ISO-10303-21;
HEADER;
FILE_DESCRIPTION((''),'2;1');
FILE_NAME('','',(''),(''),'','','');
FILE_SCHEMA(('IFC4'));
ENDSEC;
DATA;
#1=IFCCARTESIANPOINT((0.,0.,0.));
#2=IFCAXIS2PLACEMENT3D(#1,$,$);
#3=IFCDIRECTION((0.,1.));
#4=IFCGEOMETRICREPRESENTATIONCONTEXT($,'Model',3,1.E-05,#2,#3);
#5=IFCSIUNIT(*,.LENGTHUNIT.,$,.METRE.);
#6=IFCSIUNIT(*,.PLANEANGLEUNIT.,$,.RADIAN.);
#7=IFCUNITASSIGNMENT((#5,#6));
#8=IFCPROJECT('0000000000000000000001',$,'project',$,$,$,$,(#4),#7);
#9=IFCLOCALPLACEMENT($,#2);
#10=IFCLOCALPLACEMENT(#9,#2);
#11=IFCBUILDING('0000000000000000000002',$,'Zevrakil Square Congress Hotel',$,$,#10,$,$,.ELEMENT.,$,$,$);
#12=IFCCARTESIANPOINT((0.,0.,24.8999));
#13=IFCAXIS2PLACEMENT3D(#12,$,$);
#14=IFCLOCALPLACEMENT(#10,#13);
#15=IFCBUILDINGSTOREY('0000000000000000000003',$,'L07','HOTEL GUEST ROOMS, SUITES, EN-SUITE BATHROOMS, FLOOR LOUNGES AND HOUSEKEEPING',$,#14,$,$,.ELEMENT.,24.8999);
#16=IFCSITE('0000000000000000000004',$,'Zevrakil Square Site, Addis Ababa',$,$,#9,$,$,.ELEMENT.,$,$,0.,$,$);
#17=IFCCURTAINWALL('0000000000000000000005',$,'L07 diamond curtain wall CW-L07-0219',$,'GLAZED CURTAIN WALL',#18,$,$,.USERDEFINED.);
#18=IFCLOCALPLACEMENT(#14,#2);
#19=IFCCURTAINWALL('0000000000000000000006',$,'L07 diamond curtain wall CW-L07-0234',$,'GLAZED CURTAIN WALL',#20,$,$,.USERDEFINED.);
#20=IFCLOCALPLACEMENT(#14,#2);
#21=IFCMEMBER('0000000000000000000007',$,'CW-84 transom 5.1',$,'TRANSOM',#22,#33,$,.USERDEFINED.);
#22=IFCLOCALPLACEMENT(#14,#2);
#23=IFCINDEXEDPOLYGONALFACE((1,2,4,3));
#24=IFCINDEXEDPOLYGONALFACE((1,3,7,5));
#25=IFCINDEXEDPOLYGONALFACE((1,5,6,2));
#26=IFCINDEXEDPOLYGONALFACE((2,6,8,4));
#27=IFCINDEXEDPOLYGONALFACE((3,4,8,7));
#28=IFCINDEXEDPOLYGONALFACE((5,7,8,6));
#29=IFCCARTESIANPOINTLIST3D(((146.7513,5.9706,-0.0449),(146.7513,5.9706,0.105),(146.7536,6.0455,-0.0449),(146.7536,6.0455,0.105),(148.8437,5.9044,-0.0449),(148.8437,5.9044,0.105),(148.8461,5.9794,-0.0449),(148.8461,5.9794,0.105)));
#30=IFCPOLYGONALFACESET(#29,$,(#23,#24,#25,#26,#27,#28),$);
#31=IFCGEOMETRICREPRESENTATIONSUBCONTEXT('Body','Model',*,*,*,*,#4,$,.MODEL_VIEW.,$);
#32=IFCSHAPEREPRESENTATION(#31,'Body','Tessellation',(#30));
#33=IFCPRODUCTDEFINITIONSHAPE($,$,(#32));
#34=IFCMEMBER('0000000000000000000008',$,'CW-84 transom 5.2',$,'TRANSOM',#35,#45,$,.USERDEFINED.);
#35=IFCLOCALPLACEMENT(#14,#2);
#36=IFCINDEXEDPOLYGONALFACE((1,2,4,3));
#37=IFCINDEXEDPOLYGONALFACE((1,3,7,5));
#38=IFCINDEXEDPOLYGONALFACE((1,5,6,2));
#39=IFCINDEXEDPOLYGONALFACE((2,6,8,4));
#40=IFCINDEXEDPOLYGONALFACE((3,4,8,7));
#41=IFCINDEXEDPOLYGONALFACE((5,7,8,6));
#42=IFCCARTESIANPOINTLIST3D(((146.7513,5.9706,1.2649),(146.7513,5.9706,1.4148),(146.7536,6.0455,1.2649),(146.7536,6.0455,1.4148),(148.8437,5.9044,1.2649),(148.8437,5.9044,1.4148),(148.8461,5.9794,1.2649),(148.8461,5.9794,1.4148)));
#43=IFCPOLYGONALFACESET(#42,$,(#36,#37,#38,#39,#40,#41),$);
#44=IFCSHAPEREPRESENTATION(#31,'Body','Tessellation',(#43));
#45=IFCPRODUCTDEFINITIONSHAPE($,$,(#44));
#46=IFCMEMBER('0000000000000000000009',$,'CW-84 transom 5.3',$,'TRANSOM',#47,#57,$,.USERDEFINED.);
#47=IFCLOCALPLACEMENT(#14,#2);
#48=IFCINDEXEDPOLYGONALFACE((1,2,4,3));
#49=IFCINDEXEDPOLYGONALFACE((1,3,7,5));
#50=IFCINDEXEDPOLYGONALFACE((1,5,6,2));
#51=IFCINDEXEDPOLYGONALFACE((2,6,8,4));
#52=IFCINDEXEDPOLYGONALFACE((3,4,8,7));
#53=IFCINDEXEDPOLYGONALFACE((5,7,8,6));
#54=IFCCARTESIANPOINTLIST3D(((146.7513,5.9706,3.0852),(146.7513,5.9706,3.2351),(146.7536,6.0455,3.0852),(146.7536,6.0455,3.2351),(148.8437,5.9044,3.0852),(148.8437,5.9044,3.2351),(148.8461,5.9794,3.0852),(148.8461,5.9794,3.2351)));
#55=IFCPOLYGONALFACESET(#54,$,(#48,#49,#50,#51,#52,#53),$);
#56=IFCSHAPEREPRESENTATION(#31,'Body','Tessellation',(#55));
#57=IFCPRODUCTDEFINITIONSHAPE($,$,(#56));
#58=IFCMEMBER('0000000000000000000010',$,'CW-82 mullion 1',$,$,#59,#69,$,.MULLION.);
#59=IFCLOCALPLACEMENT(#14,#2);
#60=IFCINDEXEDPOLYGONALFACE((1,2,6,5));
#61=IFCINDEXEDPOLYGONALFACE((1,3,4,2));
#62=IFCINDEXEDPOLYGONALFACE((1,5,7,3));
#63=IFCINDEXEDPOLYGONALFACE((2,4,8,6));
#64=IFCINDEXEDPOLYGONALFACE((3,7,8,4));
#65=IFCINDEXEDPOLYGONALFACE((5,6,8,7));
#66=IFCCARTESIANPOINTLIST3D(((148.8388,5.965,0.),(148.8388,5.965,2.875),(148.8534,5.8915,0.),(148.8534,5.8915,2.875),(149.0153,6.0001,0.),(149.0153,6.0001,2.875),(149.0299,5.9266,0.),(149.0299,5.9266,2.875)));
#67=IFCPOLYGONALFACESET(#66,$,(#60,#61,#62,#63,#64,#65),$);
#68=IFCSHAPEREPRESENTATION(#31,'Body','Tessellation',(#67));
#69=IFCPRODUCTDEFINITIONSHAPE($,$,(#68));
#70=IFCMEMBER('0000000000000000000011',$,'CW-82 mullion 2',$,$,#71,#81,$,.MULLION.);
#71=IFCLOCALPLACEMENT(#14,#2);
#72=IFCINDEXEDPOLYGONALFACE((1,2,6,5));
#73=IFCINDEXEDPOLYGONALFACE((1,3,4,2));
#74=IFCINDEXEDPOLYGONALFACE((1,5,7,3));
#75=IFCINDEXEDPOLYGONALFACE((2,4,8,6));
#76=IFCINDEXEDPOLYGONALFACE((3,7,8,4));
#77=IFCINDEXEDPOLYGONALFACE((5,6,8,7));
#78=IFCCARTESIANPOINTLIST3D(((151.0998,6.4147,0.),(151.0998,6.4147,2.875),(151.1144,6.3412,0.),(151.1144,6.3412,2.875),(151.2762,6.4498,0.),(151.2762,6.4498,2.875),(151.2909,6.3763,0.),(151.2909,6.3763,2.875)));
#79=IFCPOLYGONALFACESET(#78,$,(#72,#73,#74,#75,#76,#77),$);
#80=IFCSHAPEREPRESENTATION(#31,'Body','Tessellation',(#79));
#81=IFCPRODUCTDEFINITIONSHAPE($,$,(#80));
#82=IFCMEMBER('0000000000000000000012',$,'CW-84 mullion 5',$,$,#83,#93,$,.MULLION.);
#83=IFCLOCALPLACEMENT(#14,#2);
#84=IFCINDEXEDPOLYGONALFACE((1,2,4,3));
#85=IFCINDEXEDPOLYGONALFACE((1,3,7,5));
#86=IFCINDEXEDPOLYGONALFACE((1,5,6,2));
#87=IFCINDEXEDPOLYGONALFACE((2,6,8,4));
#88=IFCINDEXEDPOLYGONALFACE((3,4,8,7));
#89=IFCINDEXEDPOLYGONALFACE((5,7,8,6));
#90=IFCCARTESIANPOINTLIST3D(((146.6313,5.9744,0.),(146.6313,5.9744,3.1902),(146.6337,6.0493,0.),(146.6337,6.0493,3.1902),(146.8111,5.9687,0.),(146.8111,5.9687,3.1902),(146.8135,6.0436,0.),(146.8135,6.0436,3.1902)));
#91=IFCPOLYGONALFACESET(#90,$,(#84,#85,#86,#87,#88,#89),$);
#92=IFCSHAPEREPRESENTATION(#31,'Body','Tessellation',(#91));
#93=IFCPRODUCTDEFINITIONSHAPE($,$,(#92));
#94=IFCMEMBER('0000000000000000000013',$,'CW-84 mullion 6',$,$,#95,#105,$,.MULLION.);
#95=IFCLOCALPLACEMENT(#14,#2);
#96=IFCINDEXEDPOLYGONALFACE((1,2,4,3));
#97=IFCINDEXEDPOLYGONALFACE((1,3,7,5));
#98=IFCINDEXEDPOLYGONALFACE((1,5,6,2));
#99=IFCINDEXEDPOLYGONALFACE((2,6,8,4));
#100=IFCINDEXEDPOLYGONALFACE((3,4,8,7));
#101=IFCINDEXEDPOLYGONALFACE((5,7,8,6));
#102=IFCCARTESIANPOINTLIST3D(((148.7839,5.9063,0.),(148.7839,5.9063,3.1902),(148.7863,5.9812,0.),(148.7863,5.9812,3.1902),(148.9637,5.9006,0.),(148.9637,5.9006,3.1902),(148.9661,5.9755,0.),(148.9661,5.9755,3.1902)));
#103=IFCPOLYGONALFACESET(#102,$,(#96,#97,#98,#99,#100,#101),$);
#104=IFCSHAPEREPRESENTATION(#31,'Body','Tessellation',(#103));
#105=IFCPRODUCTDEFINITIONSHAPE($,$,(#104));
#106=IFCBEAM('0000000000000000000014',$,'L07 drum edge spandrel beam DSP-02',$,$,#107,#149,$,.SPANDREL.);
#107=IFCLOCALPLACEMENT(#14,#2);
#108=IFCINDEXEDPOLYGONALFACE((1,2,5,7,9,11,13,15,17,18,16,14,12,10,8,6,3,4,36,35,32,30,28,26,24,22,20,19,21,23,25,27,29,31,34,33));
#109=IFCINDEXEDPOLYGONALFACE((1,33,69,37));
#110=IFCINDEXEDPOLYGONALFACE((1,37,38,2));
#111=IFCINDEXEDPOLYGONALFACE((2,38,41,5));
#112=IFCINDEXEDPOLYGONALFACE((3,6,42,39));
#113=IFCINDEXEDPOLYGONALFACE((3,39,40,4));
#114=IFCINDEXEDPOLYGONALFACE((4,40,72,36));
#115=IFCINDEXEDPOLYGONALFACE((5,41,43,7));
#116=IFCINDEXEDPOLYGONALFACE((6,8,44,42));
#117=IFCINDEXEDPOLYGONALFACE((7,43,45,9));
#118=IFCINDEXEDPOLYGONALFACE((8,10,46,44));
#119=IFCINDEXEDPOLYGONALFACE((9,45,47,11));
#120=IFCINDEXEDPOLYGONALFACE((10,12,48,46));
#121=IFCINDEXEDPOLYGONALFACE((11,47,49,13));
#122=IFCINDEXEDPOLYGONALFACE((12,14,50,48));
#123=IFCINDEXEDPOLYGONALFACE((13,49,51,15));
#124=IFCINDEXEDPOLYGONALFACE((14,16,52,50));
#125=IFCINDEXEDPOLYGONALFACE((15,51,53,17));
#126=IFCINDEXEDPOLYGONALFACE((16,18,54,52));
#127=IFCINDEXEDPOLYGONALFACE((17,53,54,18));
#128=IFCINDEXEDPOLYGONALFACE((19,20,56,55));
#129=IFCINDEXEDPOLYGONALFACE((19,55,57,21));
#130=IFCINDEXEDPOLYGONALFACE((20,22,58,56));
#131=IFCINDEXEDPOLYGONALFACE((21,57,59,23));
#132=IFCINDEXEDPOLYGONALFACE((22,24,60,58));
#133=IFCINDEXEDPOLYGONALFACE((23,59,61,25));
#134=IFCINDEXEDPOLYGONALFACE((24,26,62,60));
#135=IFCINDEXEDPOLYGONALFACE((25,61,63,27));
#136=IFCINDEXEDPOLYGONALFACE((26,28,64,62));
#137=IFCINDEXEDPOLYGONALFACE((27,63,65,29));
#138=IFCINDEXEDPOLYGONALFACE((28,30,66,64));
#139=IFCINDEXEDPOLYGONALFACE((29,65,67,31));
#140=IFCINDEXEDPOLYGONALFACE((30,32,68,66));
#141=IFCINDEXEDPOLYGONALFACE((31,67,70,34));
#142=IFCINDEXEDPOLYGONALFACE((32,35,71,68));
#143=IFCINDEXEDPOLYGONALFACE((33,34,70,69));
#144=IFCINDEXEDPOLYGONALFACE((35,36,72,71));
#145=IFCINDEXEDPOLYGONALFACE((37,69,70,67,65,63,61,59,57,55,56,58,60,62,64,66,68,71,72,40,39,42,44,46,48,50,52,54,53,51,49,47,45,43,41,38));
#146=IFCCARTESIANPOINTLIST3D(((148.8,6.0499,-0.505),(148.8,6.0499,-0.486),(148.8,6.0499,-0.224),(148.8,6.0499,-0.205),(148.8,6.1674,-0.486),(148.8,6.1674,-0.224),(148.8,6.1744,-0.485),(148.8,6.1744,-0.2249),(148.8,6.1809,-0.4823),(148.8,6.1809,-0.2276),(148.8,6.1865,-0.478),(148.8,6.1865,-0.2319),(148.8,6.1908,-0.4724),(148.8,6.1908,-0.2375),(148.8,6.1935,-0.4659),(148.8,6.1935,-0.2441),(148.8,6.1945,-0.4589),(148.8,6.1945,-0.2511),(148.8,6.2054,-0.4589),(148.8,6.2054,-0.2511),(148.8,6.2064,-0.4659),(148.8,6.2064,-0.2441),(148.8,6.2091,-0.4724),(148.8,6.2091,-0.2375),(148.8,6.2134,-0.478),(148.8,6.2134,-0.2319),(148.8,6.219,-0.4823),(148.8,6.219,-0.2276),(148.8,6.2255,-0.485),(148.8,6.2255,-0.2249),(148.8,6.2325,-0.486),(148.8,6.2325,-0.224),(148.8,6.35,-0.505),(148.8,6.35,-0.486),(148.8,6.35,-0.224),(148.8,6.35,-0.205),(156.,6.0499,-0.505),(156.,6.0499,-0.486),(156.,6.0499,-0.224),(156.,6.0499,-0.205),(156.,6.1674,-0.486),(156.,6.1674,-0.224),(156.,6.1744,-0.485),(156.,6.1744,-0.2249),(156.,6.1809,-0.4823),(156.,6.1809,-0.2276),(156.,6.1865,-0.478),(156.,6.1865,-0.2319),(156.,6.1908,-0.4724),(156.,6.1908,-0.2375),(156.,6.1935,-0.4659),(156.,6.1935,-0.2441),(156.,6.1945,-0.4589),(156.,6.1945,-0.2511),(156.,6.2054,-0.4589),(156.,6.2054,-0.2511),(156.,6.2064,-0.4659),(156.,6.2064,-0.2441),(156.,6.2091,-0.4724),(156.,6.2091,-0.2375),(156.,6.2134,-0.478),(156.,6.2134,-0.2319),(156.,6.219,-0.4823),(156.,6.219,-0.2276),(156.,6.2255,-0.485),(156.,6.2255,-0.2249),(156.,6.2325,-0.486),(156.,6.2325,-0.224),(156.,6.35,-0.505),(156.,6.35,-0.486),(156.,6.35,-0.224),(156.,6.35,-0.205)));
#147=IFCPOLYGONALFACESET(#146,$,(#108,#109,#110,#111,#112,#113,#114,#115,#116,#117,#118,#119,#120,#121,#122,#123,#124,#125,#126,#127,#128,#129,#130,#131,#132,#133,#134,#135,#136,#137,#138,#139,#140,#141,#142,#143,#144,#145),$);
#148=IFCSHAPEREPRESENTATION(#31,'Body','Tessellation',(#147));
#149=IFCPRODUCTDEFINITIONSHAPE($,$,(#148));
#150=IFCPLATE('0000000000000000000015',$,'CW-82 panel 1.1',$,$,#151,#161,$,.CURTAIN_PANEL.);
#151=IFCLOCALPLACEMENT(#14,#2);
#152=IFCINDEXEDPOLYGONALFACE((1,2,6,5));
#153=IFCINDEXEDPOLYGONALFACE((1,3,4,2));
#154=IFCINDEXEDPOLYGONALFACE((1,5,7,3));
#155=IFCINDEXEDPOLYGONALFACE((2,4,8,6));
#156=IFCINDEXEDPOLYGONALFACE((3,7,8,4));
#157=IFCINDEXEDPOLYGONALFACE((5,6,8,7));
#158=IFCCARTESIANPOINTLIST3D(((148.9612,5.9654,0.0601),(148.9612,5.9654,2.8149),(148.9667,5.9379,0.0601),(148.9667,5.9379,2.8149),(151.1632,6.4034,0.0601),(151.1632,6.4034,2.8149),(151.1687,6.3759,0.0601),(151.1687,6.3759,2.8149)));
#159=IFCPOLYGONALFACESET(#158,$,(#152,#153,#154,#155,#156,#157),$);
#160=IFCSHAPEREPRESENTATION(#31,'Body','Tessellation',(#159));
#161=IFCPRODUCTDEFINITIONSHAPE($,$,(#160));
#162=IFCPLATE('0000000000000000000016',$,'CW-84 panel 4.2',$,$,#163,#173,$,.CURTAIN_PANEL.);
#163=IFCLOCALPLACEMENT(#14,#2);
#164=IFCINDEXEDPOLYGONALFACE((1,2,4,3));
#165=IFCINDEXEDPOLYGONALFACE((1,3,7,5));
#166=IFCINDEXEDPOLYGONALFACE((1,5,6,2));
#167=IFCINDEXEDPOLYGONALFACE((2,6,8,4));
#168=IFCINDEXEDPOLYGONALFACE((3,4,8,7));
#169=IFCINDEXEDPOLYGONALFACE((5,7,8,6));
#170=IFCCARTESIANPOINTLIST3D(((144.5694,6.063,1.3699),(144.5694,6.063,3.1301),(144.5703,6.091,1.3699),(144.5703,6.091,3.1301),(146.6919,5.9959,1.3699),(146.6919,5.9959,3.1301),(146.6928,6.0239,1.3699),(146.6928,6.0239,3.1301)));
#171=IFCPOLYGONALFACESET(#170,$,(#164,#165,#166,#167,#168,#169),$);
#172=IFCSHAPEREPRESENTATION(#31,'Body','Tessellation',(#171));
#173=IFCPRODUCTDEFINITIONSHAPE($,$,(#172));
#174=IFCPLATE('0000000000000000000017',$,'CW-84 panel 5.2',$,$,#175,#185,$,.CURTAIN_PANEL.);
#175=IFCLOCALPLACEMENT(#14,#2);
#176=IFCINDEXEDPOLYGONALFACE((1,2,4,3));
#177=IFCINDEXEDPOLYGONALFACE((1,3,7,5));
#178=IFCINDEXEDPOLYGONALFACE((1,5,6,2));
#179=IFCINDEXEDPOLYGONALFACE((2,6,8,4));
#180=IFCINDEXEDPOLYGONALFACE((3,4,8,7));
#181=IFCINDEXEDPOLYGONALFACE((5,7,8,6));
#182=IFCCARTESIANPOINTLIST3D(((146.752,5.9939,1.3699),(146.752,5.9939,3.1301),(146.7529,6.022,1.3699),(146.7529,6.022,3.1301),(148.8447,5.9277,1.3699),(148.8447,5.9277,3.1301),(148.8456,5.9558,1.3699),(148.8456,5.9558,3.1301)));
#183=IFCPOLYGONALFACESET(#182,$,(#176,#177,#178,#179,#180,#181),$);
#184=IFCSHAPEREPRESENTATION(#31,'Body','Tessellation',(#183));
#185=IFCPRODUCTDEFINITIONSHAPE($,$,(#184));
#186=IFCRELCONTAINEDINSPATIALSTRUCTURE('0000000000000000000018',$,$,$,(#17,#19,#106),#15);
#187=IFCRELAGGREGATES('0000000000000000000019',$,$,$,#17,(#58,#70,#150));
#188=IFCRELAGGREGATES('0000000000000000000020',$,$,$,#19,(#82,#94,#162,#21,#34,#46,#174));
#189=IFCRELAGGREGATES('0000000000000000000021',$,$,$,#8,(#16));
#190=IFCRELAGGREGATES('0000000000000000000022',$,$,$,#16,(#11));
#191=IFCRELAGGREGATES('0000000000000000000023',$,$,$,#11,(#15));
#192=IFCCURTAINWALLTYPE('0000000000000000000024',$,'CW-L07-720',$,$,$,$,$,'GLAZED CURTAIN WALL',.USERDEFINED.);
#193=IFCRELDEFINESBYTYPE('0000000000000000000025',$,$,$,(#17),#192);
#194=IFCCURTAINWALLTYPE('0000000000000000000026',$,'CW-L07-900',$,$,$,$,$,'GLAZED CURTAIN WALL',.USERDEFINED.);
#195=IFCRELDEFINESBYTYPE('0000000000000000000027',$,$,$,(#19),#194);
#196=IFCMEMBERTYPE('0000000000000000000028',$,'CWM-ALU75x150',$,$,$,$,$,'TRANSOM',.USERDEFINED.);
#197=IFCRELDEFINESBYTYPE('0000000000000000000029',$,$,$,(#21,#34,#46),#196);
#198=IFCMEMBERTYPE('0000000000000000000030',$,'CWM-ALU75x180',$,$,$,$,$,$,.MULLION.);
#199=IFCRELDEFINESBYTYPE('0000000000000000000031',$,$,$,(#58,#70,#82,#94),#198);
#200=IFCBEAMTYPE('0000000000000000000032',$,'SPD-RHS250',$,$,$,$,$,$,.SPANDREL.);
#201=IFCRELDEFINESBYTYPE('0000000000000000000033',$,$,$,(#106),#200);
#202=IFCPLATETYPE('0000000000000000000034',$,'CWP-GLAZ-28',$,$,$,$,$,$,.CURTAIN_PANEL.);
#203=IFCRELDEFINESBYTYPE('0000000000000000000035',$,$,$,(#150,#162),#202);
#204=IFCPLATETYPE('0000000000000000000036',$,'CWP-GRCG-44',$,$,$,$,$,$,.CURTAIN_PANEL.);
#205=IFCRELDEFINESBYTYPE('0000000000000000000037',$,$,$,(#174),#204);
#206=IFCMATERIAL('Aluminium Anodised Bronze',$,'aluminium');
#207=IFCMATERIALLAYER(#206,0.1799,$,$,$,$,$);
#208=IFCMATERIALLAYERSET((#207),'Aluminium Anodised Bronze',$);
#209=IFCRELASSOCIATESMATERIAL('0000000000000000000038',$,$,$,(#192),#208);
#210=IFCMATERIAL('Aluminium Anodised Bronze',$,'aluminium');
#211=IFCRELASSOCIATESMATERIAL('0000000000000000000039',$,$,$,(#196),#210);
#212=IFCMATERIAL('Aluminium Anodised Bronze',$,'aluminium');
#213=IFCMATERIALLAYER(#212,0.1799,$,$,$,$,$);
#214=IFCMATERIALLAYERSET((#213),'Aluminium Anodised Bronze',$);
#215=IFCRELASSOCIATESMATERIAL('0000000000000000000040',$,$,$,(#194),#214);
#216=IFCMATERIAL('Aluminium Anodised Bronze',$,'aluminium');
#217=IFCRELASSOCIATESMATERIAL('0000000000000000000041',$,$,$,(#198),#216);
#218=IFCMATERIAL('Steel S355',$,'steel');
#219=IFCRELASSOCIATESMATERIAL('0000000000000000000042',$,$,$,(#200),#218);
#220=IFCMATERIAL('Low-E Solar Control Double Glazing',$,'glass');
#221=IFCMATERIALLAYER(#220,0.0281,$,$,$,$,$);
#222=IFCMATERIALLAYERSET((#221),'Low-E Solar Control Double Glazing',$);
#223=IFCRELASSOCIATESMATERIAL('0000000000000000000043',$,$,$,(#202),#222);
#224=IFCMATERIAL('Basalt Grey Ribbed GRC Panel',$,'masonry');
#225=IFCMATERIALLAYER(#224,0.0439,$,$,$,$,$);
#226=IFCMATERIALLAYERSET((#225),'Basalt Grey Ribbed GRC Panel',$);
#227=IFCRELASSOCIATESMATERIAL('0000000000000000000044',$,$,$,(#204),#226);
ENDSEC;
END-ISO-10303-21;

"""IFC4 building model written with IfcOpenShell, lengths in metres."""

from ifc_helpers import new_model, si_unit, direction, frame, origin, origin_2d, place, context, subcontext, project, spatial, rectangle, i_section, extrude, material, layer, layer_set, material_profile, profile_set, type_object, element, aggregate, save


model = new_model("IFC4")

# Units and contexts
model_context = context("Model", 3, precision=1e-05, world=origin(), true_north=direction((0.0, 1.0)))
body_context = subcontext(model_context, "Body", "Model", "MODEL_VIEW")
ifc_project = project(units=[si_unit("LENGTHUNIT", "METRE"), si_unit("PLANEANGLEUNIT", "RADIAN")], contexts=[model_context])

# Site, building, storey
site_placement = place(None, origin())
site = spatial("IfcSite", under=ifc_project, at=site_placement, Name="Zevrakil Square Site, Addis Ababa", CompositionType="ELEMENT", RefElevation=0.0)
building_placement = place(site_placement, origin())
building = spatial("IfcBuilding", under=site, at=building_placement, Name="Zevrakil Square Congress Hotel", CompositionType="ELEMENT")
storey_placement = place(building_placement, frame((0.0, 0.0, 24.8999)))
storey = spatial("IfcBuildingStorey", under=building, at=storey_placement, Name="L07", Description="HOTEL GUEST ROOMS, SUITES, EN-SUITE BATHROOMS, FLOOR LOUNGES AND HOUSEKEEPING", CompositionType="ELEMENT", Elevation=24.8999)

# Curtain walls, members
ifc_material_1 = material(Name="Aluminium Anodised Bronze", Category="aluminium")
ifc_layer_1 = layer(ifc_material_1, 0.1799)
ifc_layer_set_1 = layer_set([ifc_layer_1], Name="Aluminium Anodised Bronze")
curtain_wall_type_1 = type_object("IfcCurtainWallType", Name="CW-L07-720", ElementType="GLAZED CURTAIN WALL", PredefinedType="USERDEFINED", material=ifc_layer_set_1)
curtain_wall_1_placement = place(storey_placement, origin())
curtain_wall_1 = element("IfcCurtainWall", 1, at=curtain_wall_1_placement, inside=storey, type_object=curtain_wall_type_1, Name="L07 diamond curtain wall CW-L07-0219", ObjectType="GLAZED CURTAIN WALL", PredefinedType="USERDEFINED")
ifc_material_2 = material(Name="Aluminium Anodised Bronze", Category="aluminium")
ifc_material_profile_1 = material_profile(ifc_material_2, rectangle(XDim=0.075, YDim=0.1499, at=origin_2d()), Name="ALU 75x150")
ifc_profile_set_1 = profile_set([ifc_material_profile_1], Name="Aluminium Anodised Bronze")
member_type_1 = type_object("IfcMemberType", Name="CWM-ALU75x150", ElementType="TRANSOM", PredefinedType="USERDEFINED", material=ifc_profile_set_1)
ifc_material_3 = material(Name="Aluminium Anodised Bronze", Category="aluminium")
ifc_layer_2 = layer(ifc_material_3, 0.1799)
ifc_layer_set_2 = layer_set([ifc_layer_2], Name="Aluminium Anodised Bronze")
curtain_wall_type_2 = type_object("IfcCurtainWallType", Name="CW-L07-900", ElementType="GLAZED CURTAIN WALL", PredefinedType="USERDEFINED", material=ifc_layer_set_2)
curtain_wall_2_placement = place(storey_placement, origin())
curtain_wall_2 = element("IfcCurtainWall", 2, at=curtain_wall_2_placement, inside=storey, type_object=curtain_wall_type_2, Name="L07 diamond curtain wall CW-L07-0234", ObjectType="GLAZED CURTAIN WALL", PredefinedType="USERDEFINED")
member_1_placement = place(storey_placement, frame((146.7524, 6.0081, 0.03), z_axis=(0.999501, -0.031602, 0.0), x_axis=(0.031602, 0.999501, 0.0)))
member_1 = element("IfcMember", 3, at=member_1_placement, type_object=member_type_1, Name="CW-84 transom 5.1", ObjectType="TRANSOM", PredefinedType="USERDEFINED", context=body_context, shape_type="SweptSolid", body=[
    extrude(rectangle(XDim=0.075, YDim=0.1499, at=origin_2d()), origin(), (0.0, 0.0, 1.0), 2.0935),
])
member_2_placement = place(storey_placement, frame((146.7524, 6.0081, 1.3398), z_axis=(0.999501, -0.031602, 0.0), x_axis=(0.031602, 0.999501, 0.0)))
member_2 = element("IfcMember", 4, at=member_2_placement, type_object=member_type_1, Name="CW-84 transom 5.2", ObjectType="TRANSOM", PredefinedType="USERDEFINED", context=body_context, shape_type="SweptSolid", body=[
    extrude(rectangle(XDim=0.075, YDim=0.1499, at=origin_2d()), origin(), (0.0, 0.0, 1.0), 2.0935),
])
member_3_placement = place(storey_placement, frame((146.7524, 6.0081, 3.1602), z_axis=(0.999501, -0.031602, 0.0), x_axis=(0.031602, 0.999501, 0.0)))
member_3 = element("IfcMember", 5, at=member_3_placement, type_object=member_type_1, Name="CW-84 transom 5.3", ObjectType="TRANSOM", PredefinedType="USERDEFINED", context=body_context, shape_type="SweptSolid", body=[
    extrude(rectangle(XDim=0.075, YDim=0.1499, at=origin_2d()), origin(), (0.0, 0.0, 1.0), 2.0935),
])

# Members
ifc_material_4 = material(Name="Aluminium Anodised Bronze", Category="aluminium")
ifc_material_profile_2 = material_profile(ifc_material_4, rectangle(XDim=0.075, YDim=0.1799, at=origin_2d()), Name="ALU 75x180")
ifc_profile_set_2 = profile_set([ifc_material_profile_2], Name="Aluminium Anodised Bronze")
member_type_2 = type_object("IfcMemberType", Name="CWM-ALU75x180", PredefinedType="MULLION", material=ifc_profile_set_2)
member_4_placement = place(storey_placement, frame((148.9343, 5.9458, 0.0), z_axis=(0.0, 0.0, 1.0), x_axis=(-0.195084, 0.980787, 0.0)))
member_4 = element("IfcMember", 6, at=member_4_placement, type_object=member_type_2, Name="CW-82 mullion 1", PredefinedType="MULLION", context=body_context, shape_type="SweptSolid", body=[
    extrude(rectangle(XDim=0.075, YDim=0.1799, at=origin_2d()), origin(), (0.0, 0.0, 1.0), 2.875),
])
member_5_placement = place(storey_placement, frame((151.1953, 6.3955, 0.0), z_axis=(0.0, 0.0, 1.0), x_axis=(-0.195084, 0.980787, 0.0)))
member_5 = element("IfcMember", 7, at=member_5_placement, type_object=member_type_2, Name="CW-82 mullion 2", PredefinedType="MULLION", context=body_context, shape_type="SweptSolid", body=[
    extrude(rectangle(XDim=0.075, YDim=0.1799, at=origin_2d()), origin(), (0.0, 0.0, 1.0), 2.875),
])
member_6_placement = place(storey_placement, frame((146.7224, 6.009, 0.0), z_axis=(0.0, 0.0, 1.0), x_axis=(0.031598, 0.999501, 0.0)))
member_6 = element("IfcMember", 8, at=member_6_placement, type_object=member_type_2, Name="CW-84 mullion 5", PredefinedType="MULLION", context=body_context, shape_type="SweptSolid", body=[
    extrude(rectangle(XDim=0.075, YDim=0.1799, at=origin_2d()), origin(), (0.0, 0.0, 1.0), 3.1902),
])
member_7_placement = place(storey_placement, frame((148.875, 5.9409, 0.0), z_axis=(0.0, 0.0, 1.0), x_axis=(0.031598, 0.999501, 0.0)))
member_7 = element("IfcMember", 9, at=member_7_placement, type_object=member_type_2, Name="CW-84 mullion 6", PredefinedType="MULLION", context=body_context, shape_type="SweptSolid", body=[
    extrude(rectangle(XDim=0.075, YDim=0.1799, at=origin_2d()), origin(), (0.0, 0.0, 1.0), 3.1902),
])

# Beam
ifc_material_5 = material(Name="Steel S355", Category="steel")
ifc_material_profile_3 = material_profile(ifc_material_5, i_section(OverallWidth=0.3, OverallDepth=0.3, WebThickness=0.011, FlangeThickness=0.019, FilletRadius=0.0271, at=origin_2d()), Name="HEB 300")
ifc_profile_set_3 = profile_set([ifc_material_profile_3], Name="Steel S355")
beam_type_1 = type_object("IfcBeamType", Name="SPD-RHS250", PredefinedType="SPANDREL", material=ifc_profile_set_3)
beam_1_placement = place(storey_placement, frame((148.8, 6.2, -0.355), z_axis=(1.0, 0.0, 0.0), x_axis=(0.0, 1.0, 0.0)))
element("IfcBeam", 10, at=beam_1_placement, inside=storey, type_object=beam_type_1, Name="L07 drum edge spandrel beam DSP-02", PredefinedType="SPANDREL", context=body_context, shape_type="SweptSolid", body=[
    extrude(i_section(OverallWidth=0.3, OverallDepth=0.3, WebThickness=0.011, FlangeThickness=0.019, FilletRadius=0.0271, at=origin_2d()), origin(), (0.0, 0.0, 1.0), 7.2),
])

# Plates
ifc_material_6 = material(Name="Low-E Solar Control Double Glazing", Category="glass")
ifc_layer_3 = layer(ifc_material_6, 0.0281)
ifc_layer_set_3 = layer_set([ifc_layer_3], Name="Low-E Solar Control Double Glazing")
plate_type_1 = type_object("IfcPlateType", Name="CWP-GLAZ-28", PredefinedType="CURTAIN_PANEL", material=ifc_layer_set_3)
plate_1_placement = place(storey_placement, frame((150.0649, 6.1707, 0.0601), z_axis=(0.0, 0.0, 1.0), x_axis=(0.980787, 0.195084, 0.0)))
plate_1 = element("IfcPlate", 11, at=plate_1_placement, type_object=plate_type_1, Name="CW-82 panel 1.1", PredefinedType="CURTAIN_PANEL", context=body_context, shape_type="SweptSolid", body=[
    extrude(rectangle(XDim=2.2451, YDim=0.0281, at=origin_2d()), origin(), (0.0, 0.0, 1.0), 2.7549),
])
aggregate(curtain_wall_1, [member_4, member_5, plate_1])
plate_2_placement = place(storey_placement, frame((145.6311, 6.0435, 1.3699), z_axis=(0.0, 0.0, 1.0), x_axis=(0.999501, -0.031598, 0.0)))
plate_2 = element("IfcPlate", 12, at=plate_2_placement, type_object=plate_type_1, Name="CW-84 panel 4.2", PredefinedType="CURTAIN_PANEL", context=body_context, shape_type="SweptSolid", body=[
    extrude(rectangle(XDim=2.1235, YDim=0.0281, at=origin_2d()), origin(), (0.0, 0.0, 1.0), 1.7603),
])
ifc_material_7 = material(Name="Basalt Grey Ribbed GRC Panel", Category="masonry")
ifc_layer_4 = layer(ifc_material_7, 0.0439)
ifc_layer_set_4 = layer_set([ifc_layer_4], Name="Basalt Grey Ribbed GRC Panel")
plate_type_2 = type_object("IfcPlateType", Name="CWP-GRCG-44", PredefinedType="CURTAIN_PANEL", material=ifc_layer_set_4)
plate_3_placement = place(storey_placement, frame((147.7988, 5.9749, 1.3699), z_axis=(0.0, 0.0, 1.0), x_axis=(0.999501, -0.031598, 0.0)))
plate_3 = element("IfcPlate", 13, at=plate_3_placement, type_object=plate_type_2, Name="CW-84 panel 5.2", PredefinedType="CURTAIN_PANEL", context=body_context, shape_type="SweptSolid", body=[
    extrude(rectangle(XDim=2.0938, YDim=0.0281, at=origin_2d()), origin(), (0.0, 0.0, 1.0), 1.7603),
])
aggregate(curtain_wall_2, [member_6, member_7, plate_2, member_1, member_2, member_3, plate_3])

save(model, "model.ifc")
